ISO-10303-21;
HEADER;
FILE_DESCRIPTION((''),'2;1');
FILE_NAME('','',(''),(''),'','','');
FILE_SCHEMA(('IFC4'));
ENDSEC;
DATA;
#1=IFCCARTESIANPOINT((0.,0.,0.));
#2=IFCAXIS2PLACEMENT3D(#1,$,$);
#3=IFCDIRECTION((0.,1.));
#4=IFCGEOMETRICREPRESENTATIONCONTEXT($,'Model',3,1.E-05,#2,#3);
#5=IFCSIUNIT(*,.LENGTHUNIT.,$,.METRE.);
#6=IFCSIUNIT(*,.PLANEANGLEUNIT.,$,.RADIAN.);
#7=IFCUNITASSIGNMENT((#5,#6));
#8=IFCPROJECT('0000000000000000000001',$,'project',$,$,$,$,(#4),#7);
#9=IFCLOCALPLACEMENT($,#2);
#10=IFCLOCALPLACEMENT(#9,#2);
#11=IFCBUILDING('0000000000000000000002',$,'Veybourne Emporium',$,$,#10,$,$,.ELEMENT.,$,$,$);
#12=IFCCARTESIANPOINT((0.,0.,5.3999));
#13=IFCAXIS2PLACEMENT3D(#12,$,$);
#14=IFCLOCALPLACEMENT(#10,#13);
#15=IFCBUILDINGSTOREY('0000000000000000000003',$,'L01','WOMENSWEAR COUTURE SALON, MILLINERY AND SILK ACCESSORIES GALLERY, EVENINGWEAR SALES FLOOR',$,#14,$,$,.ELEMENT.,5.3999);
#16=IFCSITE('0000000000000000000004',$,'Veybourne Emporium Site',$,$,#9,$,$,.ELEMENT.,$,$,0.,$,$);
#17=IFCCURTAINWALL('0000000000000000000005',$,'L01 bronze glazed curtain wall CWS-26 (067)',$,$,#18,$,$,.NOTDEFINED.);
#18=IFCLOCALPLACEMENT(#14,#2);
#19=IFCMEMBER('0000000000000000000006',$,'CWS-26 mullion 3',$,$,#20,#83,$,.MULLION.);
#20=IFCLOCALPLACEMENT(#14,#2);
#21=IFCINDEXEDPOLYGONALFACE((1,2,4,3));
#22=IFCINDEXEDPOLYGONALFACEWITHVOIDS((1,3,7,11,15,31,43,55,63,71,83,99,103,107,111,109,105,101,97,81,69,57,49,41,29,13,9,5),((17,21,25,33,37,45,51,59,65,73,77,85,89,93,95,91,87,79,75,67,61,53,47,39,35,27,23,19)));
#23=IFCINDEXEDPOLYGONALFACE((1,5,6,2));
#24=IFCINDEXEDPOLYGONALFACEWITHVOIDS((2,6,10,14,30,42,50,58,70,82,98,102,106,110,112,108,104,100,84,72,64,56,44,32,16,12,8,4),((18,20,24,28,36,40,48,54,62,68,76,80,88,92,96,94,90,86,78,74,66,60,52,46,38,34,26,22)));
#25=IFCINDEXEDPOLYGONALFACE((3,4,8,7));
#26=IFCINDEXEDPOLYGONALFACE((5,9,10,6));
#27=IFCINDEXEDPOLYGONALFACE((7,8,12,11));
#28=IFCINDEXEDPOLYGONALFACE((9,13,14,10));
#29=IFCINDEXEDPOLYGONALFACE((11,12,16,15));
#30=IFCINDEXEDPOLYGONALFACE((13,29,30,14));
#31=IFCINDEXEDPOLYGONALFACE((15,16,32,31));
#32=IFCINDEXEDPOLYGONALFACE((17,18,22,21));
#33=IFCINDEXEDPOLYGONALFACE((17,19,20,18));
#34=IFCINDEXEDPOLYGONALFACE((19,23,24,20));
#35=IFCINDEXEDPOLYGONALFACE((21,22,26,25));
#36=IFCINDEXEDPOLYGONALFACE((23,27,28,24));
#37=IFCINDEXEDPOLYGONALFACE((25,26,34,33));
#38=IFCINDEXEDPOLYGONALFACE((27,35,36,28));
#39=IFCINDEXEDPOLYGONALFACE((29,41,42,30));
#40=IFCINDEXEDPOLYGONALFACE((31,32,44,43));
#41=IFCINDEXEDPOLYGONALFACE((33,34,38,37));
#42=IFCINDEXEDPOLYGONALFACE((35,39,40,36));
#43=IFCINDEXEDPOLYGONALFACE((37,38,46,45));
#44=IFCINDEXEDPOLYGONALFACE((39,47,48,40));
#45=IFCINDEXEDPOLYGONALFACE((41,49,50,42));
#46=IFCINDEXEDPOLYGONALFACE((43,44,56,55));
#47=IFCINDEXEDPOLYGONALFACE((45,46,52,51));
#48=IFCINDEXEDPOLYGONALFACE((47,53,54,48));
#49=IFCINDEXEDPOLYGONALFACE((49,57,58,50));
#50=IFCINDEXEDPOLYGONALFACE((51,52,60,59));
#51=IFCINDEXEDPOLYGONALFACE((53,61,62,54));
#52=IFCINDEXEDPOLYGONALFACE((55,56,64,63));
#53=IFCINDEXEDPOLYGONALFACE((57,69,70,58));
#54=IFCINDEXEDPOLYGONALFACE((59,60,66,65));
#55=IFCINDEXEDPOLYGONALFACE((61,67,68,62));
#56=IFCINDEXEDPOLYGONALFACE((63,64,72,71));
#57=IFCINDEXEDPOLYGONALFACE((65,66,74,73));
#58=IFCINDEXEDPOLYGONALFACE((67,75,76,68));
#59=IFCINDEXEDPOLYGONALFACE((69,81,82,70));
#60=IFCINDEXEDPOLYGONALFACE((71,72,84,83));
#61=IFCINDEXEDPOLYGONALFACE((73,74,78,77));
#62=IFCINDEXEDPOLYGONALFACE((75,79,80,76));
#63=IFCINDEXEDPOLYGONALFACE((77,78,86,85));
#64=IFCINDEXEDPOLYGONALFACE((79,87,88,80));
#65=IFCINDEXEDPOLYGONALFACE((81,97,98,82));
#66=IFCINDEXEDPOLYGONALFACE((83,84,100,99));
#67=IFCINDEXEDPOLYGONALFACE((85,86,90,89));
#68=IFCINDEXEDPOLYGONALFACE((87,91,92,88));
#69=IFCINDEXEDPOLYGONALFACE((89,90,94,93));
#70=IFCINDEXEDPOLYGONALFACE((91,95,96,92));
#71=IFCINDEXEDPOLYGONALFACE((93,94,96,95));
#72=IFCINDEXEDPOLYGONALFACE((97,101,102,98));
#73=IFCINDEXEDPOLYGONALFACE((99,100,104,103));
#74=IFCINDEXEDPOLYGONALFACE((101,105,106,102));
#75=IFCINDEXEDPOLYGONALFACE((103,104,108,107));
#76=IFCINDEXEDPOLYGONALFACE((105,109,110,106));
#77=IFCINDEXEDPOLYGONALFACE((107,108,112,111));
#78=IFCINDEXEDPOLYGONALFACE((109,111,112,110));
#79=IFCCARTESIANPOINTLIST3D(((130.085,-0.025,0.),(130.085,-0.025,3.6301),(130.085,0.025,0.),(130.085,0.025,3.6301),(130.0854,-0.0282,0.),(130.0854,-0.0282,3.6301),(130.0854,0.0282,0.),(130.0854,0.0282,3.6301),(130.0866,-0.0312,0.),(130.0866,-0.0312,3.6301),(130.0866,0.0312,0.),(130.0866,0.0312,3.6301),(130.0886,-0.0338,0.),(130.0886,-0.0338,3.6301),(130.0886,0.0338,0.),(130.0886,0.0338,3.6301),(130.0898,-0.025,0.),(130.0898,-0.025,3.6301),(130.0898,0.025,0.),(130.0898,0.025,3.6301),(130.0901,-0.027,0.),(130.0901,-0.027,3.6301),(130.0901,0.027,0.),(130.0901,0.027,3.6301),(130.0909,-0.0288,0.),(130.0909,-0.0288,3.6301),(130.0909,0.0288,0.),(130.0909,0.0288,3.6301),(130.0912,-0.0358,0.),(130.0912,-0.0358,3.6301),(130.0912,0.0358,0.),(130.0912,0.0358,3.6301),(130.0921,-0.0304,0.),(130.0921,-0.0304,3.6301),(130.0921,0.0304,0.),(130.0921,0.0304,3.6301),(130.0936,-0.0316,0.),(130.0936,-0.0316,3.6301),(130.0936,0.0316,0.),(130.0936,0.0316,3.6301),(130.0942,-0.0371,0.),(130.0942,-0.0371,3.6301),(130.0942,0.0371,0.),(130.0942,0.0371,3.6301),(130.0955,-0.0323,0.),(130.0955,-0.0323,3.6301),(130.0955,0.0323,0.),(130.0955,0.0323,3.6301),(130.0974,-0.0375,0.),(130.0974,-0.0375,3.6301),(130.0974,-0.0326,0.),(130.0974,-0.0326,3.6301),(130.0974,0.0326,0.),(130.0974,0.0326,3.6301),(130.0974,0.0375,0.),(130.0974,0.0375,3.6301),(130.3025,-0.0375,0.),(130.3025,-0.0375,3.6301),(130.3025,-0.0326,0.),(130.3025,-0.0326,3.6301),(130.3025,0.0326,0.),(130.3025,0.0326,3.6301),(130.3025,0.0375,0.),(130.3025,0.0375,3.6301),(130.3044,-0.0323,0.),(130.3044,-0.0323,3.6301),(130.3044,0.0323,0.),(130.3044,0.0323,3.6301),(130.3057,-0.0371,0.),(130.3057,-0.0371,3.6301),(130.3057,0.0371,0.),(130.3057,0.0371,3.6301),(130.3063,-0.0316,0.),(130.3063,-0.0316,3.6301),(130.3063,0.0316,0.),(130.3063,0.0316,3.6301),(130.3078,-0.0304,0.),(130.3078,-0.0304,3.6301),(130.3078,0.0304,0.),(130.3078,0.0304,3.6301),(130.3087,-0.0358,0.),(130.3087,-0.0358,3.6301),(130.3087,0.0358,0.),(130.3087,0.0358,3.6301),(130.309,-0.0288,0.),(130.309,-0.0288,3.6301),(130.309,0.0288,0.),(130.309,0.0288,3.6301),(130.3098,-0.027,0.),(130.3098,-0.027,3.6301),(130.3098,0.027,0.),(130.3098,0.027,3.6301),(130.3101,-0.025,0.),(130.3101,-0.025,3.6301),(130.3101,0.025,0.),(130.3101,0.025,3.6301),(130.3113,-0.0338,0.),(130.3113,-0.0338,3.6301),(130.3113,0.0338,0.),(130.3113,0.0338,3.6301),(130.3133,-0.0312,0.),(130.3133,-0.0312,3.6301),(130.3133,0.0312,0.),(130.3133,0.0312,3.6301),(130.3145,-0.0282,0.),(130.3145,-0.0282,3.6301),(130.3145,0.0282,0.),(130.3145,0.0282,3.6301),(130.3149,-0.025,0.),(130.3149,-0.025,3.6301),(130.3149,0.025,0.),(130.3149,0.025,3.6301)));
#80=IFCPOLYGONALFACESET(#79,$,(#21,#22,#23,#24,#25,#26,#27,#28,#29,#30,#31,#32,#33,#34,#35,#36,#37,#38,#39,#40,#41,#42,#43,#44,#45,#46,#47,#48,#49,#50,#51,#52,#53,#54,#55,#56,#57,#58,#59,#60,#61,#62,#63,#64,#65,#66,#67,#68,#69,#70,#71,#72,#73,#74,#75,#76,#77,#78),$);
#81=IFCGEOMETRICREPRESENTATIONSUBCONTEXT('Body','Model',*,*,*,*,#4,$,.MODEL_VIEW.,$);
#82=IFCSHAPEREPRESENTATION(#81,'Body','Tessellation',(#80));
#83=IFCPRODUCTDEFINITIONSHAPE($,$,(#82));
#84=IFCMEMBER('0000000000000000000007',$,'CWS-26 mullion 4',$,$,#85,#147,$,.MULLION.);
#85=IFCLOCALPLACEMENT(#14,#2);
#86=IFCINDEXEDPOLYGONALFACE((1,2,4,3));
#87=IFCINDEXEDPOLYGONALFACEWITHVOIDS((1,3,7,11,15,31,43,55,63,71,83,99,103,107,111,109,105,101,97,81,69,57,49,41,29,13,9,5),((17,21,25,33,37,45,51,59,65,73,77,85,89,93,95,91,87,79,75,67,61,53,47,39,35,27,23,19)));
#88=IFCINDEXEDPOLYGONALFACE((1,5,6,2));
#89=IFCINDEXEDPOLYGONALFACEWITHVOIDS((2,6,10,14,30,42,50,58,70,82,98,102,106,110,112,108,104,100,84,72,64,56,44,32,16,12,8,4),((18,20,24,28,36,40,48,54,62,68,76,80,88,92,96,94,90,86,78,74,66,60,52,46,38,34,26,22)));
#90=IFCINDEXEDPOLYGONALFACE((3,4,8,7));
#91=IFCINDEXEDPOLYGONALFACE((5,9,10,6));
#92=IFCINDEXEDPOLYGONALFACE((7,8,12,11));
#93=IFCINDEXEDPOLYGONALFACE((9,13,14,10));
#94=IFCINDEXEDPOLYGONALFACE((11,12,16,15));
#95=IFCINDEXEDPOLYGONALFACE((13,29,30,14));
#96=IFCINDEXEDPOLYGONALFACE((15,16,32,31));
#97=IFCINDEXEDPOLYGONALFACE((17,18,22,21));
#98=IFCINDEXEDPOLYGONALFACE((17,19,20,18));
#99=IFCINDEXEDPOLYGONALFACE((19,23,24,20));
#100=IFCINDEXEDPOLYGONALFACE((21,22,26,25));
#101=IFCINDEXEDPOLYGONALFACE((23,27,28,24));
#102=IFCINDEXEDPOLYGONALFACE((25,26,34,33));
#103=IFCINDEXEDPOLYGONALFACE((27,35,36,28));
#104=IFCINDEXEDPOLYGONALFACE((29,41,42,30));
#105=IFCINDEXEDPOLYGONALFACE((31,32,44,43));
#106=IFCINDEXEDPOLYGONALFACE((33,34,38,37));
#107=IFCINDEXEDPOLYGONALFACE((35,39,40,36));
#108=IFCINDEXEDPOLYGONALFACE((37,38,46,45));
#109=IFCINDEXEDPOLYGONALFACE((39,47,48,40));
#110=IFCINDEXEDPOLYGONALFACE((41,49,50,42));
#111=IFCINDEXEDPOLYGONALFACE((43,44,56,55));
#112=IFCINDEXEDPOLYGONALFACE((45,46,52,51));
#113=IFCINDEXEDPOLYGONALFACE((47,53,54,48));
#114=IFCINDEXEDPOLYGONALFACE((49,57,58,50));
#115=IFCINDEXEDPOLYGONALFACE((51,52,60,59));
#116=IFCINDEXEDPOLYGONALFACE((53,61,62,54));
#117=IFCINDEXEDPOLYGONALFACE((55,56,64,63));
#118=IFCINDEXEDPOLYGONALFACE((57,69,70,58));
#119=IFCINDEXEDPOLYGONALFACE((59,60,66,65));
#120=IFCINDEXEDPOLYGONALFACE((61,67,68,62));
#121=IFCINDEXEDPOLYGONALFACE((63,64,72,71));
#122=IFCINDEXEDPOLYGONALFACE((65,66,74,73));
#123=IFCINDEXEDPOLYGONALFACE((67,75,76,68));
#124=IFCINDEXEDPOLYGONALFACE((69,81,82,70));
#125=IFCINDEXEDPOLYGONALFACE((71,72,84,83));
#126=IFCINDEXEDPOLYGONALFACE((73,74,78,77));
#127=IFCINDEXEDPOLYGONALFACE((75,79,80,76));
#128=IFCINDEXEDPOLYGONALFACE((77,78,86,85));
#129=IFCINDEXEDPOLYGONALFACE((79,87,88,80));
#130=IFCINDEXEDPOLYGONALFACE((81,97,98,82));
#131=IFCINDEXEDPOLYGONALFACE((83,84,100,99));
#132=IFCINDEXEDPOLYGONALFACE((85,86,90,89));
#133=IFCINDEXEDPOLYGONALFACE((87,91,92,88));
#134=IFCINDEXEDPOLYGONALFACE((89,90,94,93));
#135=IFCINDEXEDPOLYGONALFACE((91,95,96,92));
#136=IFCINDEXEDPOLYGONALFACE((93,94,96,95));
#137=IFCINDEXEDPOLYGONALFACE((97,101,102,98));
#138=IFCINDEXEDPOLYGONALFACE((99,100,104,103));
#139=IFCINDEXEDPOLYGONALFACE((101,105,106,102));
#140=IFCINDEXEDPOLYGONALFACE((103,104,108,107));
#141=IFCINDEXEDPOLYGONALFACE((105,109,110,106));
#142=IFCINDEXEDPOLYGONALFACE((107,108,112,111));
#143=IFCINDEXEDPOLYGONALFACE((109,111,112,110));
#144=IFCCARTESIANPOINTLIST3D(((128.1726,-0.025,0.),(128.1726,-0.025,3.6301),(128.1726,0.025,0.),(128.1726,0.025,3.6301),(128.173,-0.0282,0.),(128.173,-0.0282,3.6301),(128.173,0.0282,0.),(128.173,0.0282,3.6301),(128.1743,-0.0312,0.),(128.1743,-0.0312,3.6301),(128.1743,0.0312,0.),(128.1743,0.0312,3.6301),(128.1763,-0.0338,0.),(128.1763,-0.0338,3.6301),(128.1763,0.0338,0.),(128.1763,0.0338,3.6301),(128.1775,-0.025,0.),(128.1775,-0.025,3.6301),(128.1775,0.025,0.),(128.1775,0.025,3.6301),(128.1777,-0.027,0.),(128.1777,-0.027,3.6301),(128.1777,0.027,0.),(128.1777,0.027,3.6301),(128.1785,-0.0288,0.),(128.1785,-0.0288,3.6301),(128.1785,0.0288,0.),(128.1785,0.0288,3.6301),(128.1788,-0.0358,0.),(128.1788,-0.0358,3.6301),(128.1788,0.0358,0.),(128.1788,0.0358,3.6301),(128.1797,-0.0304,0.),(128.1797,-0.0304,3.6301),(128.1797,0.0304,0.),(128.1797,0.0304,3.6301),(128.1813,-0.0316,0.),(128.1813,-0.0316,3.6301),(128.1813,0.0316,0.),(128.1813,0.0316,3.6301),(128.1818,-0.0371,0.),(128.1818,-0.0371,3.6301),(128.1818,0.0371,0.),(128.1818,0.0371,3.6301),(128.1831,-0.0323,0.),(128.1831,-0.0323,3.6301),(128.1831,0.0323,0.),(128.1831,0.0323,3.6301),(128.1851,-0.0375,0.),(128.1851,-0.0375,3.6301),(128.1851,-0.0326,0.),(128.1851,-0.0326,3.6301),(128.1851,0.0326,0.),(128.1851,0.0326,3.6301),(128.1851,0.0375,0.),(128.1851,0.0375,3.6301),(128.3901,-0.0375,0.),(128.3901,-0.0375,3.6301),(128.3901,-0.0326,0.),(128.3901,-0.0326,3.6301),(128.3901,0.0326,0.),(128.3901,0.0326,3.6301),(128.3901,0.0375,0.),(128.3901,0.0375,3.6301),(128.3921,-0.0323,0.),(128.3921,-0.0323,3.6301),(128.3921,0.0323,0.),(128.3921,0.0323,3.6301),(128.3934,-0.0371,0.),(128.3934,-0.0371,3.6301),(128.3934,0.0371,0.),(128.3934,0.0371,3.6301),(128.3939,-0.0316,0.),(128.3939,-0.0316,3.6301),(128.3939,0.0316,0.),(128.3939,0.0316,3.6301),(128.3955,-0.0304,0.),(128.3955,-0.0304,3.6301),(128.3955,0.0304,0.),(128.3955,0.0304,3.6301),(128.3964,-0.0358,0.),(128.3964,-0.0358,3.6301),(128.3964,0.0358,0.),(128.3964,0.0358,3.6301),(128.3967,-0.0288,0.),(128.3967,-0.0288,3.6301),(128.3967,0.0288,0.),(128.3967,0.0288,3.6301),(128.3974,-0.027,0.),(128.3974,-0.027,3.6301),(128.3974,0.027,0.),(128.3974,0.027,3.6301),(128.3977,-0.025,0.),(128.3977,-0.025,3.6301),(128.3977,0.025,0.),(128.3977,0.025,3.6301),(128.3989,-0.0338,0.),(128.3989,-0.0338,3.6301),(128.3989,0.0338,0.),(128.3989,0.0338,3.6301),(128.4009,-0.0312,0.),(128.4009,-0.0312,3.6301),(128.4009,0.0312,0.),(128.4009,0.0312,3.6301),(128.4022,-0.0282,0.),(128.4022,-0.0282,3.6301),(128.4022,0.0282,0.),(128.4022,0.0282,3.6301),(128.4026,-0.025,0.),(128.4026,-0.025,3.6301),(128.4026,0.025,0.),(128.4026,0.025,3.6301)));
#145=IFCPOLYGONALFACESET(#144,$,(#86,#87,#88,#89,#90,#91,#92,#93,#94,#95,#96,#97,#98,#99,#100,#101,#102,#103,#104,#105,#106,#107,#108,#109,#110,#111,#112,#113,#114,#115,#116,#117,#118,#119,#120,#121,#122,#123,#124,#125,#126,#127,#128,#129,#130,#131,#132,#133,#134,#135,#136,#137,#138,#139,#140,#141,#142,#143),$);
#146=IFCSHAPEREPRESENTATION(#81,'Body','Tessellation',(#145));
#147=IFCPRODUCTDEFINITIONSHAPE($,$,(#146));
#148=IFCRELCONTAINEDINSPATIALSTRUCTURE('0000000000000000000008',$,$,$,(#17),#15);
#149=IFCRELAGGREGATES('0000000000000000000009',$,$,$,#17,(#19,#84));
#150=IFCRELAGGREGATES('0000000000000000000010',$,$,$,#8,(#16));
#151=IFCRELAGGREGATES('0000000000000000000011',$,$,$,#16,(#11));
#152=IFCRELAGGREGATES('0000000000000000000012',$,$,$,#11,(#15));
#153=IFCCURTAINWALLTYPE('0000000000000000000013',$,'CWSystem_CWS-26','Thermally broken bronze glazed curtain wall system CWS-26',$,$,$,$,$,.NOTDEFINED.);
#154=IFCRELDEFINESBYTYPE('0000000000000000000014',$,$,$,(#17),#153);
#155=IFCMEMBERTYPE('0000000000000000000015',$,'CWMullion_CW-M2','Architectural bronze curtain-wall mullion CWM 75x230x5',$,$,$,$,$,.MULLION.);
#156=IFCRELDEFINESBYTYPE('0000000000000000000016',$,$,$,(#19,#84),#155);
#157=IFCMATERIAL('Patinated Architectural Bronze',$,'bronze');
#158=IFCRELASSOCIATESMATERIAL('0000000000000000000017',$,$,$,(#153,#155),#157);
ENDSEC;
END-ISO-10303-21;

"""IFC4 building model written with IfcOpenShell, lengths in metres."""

from ifc_helpers import new_model, si_unit, direction, frame, origin, origin_2d, place, context, subcontext, project, spatial, hollow_rectangle, extrude, material, material_profile, profile_set, type_object, element, aggregate, save


model = new_model("IFC4")

# Units and contexts
model_context = context("Model", 3, precision=1e-05, world=origin(), true_north=direction((0.0, 1.0)))
body_context = subcontext(model_context, "Body", "Model", "MODEL_VIEW")
ifc_project = project(units=[si_unit("LENGTHUNIT", "METRE"), si_unit("PLANEANGLEUNIT", "RADIAN")], contexts=[model_context])

# Site, building, storey
site_placement = place(None, origin())
site = spatial("IfcSite", under=ifc_project, at=site_placement, Name="Veybourne Emporium Site", CompositionType="ELEMENT", RefElevation=0.0)
building_placement = place(site_placement, origin())
building = spatial("IfcBuilding", under=site, at=building_placement, Name="Veybourne Emporium", CompositionType="ELEMENT")
storey_placement = place(building_placement, frame((0.0, 0.0, 5.3999)))
storey = spatial("IfcBuildingStorey", under=building, at=storey_placement, Name="L01", Description="WOMENSWEAR COUTURE SALON, MILLINERY AND SILK ACCESSORIES GALLERY, EVENINGWEAR SALES FLOOR", CompositionType="ELEMENT", Elevation=5.3999)

# Curtain wall, members
ifc_material_1 = material(Name="Patinated Architectural Bronze", Category="bronze")
curtain_wall_type = type_object("IfcCurtainWallType", Name="CWSystem_CWS-26", Description="Thermally broken bronze glazed curtain wall system CWS-26", PredefinedType="NOTDEFINED", material=ifc_material_1)
curtain_wall_placement = place(storey_placement, origin())
curtain_wall = element("IfcCurtainWall", 1, at=curtain_wall_placement, inside=storey, type_object=curtain_wall_type, Name="L01 bronze glazed curtain wall CWS-26 (067)", PredefinedType="NOTDEFINED")
ifc_material_profile_1 = material_profile(ifc_material_1, hollow_rectangle(XDim=0.075, YDim=0.23, WallThickness=0.0049, InnerFilletRadius=0.0076, OuterFilletRadius=0.0125, at=origin_2d()), Name="CWM 75x230x5")
ifc_profile_set_1 = profile_set([ifc_material_profile_1], Name="Patinated Architectural Bronze")
member_type_1 = type_object("IfcMemberType", Name="CWMullion_CW-M2", Description="Architectural bronze curtain-wall mullion CWM 75x230x5", PredefinedType="MULLION", material=ifc_profile_set_1)
member_1_placement = place(storey_placement, frame((130.2, 0.0, 0.0), z_axis=(0.0, 0.0, 1.0), x_axis=(0.0, -1.0, 0.0)))
member_1 = element("IfcMember", 2, at=member_1_placement, type_object=member_type_1, Name="CWS-26 mullion 3", PredefinedType="MULLION", context=body_context, shape_type="SweptSolid", body=[
    extrude(hollow_rectangle(XDim=0.075, YDim=0.23, WallThickness=0.0049, InnerFilletRadius=0.0076, OuterFilletRadius=0.0125, at=origin_2d()), origin(), (0.0, 0.0, 1.0), 3.6301),
])
member_2_placement = place(storey_placement, frame((128.2876, 0.0, 0.0), z_axis=(0.0, 0.0, 1.0), x_axis=(0.0, -1.0, 0.0)))
member_2 = element("IfcMember", 3, at=member_2_placement, type_object=member_type_1, Name="CWS-26 mullion 4", PredefinedType="MULLION", context=body_context, shape_type="SweptSolid", body=[
    extrude(hollow_rectangle(XDim=0.075, YDim=0.23, WallThickness=0.0049, InnerFilletRadius=0.0076, OuterFilletRadius=0.0125, at=origin_2d()), origin(), (0.0, 0.0, 1.0), 3.6301),
])

aggregate(curtain_wall, [member_1, member_2])

save(model, "model.ifc")
